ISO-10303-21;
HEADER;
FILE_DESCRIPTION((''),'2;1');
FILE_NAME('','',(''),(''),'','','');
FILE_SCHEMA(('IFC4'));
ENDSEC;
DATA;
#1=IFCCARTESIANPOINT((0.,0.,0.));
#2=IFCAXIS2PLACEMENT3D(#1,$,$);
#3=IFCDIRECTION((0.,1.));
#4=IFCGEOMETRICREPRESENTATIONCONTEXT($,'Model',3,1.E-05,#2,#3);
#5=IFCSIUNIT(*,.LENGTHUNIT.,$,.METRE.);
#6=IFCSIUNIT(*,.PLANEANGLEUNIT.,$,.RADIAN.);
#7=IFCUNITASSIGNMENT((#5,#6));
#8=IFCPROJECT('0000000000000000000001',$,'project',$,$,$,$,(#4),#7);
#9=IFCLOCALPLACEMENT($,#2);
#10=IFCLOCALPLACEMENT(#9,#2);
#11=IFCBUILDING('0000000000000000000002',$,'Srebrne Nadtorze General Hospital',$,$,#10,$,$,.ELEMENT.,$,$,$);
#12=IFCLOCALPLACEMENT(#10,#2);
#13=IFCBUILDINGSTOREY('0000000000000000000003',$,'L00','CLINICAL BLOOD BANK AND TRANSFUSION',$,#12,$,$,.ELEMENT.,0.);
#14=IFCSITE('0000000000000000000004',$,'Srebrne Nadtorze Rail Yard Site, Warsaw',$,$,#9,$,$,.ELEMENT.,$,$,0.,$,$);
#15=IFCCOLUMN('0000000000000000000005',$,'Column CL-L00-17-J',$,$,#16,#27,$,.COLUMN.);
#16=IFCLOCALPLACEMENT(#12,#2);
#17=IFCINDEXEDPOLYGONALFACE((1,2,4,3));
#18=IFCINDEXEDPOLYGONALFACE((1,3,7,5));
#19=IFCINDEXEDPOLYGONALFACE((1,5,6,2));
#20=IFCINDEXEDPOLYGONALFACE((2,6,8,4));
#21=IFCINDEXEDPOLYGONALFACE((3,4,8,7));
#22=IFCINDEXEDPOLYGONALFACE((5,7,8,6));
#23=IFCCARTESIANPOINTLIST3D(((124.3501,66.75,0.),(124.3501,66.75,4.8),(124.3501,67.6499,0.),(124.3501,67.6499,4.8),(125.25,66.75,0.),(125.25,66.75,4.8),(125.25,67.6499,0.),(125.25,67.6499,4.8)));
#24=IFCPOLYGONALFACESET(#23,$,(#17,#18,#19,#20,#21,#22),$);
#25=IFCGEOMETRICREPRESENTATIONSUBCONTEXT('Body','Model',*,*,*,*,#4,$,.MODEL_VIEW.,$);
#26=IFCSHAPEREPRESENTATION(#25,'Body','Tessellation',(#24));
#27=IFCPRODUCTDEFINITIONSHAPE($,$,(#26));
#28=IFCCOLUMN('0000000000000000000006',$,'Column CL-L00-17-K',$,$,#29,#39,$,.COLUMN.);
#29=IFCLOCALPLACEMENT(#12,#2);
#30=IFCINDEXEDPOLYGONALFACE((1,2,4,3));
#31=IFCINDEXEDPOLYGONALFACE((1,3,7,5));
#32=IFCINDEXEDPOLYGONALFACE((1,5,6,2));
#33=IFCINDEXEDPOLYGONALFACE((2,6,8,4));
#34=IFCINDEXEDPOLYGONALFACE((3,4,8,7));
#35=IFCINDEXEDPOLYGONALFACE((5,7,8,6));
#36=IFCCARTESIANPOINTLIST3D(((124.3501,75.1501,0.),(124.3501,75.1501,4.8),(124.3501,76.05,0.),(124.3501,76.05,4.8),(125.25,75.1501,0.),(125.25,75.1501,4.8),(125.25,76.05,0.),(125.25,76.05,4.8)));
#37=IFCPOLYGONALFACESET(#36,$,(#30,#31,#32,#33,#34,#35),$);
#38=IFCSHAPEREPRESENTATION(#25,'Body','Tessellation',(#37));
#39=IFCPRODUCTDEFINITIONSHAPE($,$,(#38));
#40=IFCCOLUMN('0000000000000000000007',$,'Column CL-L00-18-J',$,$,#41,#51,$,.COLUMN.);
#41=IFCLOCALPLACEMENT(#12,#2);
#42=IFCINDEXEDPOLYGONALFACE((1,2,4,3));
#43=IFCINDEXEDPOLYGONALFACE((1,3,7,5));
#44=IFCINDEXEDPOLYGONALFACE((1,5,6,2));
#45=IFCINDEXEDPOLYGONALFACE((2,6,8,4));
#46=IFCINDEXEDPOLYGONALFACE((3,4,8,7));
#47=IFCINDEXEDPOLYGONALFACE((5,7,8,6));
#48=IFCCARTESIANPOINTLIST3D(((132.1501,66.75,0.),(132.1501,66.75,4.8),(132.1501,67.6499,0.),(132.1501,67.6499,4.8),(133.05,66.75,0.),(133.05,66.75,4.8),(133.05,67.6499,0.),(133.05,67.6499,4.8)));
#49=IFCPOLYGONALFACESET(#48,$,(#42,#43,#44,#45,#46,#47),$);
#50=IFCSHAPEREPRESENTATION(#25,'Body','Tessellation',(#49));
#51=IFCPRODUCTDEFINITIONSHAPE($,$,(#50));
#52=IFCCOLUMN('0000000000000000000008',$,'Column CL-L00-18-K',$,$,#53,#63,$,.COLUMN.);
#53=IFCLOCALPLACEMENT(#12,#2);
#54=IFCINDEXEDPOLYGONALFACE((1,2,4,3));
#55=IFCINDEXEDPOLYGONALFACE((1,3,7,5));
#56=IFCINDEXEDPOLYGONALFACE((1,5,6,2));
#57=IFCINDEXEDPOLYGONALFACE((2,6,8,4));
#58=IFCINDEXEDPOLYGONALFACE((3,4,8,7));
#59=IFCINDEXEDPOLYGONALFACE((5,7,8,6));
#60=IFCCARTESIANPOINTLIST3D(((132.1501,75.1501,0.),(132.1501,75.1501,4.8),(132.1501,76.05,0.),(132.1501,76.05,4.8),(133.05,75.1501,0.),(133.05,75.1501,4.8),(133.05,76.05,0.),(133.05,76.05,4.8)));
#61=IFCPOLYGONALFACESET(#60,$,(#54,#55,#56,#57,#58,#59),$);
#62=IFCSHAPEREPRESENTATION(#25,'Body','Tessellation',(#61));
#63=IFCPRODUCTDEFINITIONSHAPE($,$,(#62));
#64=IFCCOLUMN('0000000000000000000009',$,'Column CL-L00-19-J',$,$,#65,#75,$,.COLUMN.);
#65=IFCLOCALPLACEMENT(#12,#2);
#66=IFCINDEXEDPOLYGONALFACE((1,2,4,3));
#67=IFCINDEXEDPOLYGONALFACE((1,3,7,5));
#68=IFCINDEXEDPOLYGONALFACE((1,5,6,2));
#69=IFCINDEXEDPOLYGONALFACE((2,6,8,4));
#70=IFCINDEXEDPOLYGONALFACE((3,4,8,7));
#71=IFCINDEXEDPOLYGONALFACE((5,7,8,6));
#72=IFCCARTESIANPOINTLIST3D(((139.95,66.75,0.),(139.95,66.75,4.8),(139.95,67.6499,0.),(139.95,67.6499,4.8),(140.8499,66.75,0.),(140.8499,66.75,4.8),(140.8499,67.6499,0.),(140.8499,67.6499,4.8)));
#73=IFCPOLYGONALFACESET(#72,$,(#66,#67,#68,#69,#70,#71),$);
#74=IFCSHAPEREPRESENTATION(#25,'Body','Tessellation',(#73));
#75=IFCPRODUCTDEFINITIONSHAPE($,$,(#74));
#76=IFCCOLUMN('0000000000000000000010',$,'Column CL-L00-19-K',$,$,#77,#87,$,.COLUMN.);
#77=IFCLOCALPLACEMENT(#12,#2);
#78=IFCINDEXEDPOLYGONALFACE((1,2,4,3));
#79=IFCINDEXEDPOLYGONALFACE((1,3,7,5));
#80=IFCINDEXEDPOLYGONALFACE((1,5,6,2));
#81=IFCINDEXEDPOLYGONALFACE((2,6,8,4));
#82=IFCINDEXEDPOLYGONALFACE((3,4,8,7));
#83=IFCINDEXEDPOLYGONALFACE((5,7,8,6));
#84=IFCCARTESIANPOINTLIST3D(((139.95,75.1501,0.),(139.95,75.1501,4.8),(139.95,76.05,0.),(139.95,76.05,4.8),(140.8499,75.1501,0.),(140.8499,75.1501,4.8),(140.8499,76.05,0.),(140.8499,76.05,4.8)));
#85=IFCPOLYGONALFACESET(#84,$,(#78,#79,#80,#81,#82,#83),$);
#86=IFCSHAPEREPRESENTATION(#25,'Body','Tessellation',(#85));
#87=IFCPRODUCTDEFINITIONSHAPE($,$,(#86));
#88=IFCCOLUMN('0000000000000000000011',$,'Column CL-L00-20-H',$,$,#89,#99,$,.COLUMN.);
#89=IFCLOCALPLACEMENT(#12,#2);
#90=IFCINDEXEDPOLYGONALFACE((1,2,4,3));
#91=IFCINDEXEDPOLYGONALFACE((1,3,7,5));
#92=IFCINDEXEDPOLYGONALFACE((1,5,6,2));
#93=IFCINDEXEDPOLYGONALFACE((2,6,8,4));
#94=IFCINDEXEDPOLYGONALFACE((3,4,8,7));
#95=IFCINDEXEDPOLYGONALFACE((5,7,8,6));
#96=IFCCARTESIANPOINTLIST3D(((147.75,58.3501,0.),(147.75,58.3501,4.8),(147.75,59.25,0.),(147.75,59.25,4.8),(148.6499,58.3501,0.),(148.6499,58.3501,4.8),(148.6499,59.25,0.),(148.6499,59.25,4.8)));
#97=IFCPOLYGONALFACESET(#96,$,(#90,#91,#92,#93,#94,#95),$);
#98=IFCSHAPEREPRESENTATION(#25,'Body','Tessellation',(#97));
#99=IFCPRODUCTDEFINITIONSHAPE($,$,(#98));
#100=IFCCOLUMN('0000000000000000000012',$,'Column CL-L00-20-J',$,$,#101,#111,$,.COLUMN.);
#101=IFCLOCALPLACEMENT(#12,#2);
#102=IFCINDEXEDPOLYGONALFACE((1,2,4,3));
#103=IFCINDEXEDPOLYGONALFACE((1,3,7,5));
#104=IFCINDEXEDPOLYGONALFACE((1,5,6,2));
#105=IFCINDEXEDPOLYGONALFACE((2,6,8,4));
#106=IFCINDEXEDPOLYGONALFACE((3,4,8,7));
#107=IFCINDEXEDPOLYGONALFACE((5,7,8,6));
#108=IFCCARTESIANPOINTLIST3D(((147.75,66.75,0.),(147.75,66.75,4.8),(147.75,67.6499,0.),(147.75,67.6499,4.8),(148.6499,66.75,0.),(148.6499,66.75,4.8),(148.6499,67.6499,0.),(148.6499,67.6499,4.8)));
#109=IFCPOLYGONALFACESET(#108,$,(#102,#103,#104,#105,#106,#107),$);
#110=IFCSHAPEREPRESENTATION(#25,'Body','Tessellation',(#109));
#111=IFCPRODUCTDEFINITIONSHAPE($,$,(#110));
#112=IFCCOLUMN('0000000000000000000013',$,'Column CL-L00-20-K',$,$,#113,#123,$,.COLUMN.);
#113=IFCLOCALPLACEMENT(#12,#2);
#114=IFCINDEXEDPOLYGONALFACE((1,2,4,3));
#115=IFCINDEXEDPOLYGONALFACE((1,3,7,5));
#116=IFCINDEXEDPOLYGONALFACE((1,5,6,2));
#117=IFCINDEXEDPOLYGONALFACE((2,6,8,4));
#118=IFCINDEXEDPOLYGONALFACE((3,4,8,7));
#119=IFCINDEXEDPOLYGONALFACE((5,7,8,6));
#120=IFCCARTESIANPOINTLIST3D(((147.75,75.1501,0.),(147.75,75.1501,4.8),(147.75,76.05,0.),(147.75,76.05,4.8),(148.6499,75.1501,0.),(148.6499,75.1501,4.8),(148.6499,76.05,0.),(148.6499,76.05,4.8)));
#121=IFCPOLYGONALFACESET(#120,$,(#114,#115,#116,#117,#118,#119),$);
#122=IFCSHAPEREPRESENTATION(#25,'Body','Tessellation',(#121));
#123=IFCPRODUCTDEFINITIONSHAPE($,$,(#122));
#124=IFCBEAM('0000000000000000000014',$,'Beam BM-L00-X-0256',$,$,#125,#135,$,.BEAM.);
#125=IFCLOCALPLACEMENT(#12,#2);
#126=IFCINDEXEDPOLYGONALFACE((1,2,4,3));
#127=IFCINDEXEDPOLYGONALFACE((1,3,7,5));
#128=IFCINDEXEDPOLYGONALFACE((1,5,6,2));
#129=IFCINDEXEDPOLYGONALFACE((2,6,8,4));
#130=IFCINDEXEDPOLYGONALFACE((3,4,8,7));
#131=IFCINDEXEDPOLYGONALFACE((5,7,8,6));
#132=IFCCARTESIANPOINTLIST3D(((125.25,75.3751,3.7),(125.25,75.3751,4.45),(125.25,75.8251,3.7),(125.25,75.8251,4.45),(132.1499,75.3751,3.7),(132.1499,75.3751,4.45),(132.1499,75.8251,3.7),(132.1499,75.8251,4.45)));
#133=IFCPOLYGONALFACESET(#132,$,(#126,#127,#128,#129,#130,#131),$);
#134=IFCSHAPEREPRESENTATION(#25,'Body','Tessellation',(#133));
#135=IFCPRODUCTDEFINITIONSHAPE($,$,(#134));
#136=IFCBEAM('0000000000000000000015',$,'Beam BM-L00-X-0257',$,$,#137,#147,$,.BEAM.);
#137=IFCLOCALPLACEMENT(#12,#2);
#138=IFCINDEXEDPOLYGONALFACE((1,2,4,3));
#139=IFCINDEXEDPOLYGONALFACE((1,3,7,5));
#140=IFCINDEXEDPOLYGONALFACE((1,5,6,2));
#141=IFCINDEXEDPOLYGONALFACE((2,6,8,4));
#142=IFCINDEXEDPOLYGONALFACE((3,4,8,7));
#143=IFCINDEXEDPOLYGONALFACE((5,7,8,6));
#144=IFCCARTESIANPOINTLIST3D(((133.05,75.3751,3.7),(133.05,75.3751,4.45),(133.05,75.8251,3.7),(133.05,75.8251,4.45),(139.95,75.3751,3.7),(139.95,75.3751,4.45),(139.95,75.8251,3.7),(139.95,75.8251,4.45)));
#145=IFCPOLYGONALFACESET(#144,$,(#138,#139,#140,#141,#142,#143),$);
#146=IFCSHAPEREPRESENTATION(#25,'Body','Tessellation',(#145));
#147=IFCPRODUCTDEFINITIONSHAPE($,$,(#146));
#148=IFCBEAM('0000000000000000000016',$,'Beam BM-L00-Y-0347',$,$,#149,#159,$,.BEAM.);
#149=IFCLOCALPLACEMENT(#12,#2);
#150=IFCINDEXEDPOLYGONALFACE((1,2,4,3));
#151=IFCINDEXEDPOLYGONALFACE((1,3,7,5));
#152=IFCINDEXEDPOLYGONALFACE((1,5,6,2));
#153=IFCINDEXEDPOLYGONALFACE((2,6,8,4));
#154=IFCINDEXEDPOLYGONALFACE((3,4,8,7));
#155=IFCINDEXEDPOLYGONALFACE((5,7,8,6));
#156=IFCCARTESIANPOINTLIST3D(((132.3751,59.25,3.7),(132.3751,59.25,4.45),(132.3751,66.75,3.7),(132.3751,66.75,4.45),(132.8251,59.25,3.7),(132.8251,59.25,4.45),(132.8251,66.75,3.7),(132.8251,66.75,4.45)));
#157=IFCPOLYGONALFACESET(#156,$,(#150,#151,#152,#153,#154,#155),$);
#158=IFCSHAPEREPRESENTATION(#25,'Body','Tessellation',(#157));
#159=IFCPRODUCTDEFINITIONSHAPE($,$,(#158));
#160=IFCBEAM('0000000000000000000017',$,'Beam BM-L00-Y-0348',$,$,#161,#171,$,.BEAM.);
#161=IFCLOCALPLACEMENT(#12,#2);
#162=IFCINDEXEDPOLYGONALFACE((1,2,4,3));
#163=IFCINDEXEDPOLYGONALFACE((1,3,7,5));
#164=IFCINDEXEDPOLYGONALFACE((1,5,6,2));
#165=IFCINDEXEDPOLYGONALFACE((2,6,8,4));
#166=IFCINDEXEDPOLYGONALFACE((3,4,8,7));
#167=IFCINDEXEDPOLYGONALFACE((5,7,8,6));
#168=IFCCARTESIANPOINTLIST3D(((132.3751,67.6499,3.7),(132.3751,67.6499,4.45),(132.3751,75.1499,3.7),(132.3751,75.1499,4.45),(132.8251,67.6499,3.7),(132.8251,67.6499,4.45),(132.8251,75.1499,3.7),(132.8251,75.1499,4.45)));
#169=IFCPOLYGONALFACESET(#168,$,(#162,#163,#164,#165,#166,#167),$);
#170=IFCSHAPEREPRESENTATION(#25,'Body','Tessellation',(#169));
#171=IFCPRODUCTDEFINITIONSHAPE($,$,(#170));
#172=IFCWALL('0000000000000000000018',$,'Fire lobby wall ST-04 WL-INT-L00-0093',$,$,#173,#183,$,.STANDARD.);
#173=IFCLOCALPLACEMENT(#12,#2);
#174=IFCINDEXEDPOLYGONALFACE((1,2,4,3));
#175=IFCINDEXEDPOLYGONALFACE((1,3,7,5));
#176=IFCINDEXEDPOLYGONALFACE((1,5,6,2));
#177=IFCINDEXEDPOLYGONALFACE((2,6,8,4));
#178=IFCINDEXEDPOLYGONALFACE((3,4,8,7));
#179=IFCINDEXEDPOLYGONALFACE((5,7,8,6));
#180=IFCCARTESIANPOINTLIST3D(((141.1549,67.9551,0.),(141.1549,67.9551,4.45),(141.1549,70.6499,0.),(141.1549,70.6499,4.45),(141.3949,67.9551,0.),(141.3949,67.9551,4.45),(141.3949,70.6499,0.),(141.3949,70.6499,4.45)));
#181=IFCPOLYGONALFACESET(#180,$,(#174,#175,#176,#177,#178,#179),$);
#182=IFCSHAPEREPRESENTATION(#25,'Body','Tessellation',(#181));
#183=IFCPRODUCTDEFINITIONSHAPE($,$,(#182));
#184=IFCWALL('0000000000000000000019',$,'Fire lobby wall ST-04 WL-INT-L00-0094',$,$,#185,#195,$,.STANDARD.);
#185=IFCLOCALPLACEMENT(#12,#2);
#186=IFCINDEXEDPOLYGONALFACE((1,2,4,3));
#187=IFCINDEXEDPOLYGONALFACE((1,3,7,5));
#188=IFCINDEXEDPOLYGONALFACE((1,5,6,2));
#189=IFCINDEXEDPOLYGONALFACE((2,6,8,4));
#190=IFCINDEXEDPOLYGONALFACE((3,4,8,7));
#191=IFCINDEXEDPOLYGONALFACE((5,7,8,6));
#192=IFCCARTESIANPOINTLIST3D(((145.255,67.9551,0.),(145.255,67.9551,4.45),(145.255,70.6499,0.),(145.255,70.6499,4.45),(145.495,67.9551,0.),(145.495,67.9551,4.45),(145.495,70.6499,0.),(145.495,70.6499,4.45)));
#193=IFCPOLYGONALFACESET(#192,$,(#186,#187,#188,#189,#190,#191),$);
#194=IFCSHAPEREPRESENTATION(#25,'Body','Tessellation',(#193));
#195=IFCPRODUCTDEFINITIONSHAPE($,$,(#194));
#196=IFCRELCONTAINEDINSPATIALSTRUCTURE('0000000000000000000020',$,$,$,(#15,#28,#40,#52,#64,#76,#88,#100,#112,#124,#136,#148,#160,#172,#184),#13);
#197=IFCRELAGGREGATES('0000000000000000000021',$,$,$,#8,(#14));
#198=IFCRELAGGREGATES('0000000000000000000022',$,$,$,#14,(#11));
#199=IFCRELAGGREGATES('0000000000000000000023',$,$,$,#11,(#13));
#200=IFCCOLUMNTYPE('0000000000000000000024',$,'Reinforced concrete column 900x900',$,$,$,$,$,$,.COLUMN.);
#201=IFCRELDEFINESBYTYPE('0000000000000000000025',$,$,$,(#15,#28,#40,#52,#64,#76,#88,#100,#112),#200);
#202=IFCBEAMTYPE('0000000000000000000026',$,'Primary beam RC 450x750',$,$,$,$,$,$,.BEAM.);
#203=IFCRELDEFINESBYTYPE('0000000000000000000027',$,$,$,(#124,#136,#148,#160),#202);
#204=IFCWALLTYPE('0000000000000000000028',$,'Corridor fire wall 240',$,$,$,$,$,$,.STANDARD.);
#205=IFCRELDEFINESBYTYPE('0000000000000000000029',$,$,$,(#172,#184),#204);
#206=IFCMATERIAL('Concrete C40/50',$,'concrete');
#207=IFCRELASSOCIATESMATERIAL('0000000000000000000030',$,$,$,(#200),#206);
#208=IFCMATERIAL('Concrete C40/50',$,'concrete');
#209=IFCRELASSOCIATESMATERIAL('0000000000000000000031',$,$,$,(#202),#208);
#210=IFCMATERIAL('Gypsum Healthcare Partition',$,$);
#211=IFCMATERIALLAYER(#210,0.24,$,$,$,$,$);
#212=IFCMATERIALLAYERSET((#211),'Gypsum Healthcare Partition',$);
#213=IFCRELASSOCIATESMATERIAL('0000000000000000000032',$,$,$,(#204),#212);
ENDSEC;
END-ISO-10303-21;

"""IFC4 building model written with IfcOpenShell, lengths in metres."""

from ifc_helpers import new_model, si_unit, direction, frame, frame_2d, origin, origin_2d, place, context, subcontext, project, spatial, rectangle, extrude, material, layer, layer_set, material_profile, profile_set, type_object, element, save


model = new_model("IFC4")

# Units and contexts
model_context = context("Model", 3, precision=1e-05, world=origin(), true_north=direction((0.0, 1.0)))
body_context = subcontext(model_context, "Body", "Model", "MODEL_VIEW")
ifc_project = project(units=[si_unit("LENGTHUNIT", "METRE"), si_unit("PLANEANGLEUNIT", "RADIAN")], contexts=[model_context])

# Site, building, storey
site_placement = place(None, origin())
site = spatial("IfcSite", under=ifc_project, at=site_placement, Name="Srebrne Nadtorze Rail Yard Site, Warsaw", CompositionType="ELEMENT", RefElevation=0.0)
building_placement = place(site_placement, origin())
building = spatial("IfcBuilding", under=site, at=building_placement, Name="Srebrne Nadtorze General Hospital", CompositionType="ELEMENT")
storey_placement = place(building_placement, origin())
storey = spatial("IfcBuildingStorey", under=building, at=storey_placement, Name="L00", Description="CLINICAL BLOOD BANK AND TRANSFUSION", CompositionType="ELEMENT", Elevation=0.0)

# Columns
ifc_material_1 = material(Name="Concrete C40/50", Category="concrete")
ifc_material_profile_1 = material_profile(ifc_material_1, rectangle(XDim=0.8999, YDim=0.8999, at=origin_2d()), Name="RC-COL-900x900")
ifc_profile_set_1 = profile_set([ifc_material_profile_1], Name="Concrete C40/50")
column_type = type_object("IfcColumnType", Name="Reinforced concrete column 900x900", PredefinedType="COLUMN", material=ifc_profile_set_1)
for number, where, z_axis, x_axis, name in (
    (1, (124.8, 67.2, 0.0), (0.0, 0.0, 1.0), (1.0, 0.0, 0.0), "Column CL-L00-17-J"),
    (2, (124.8, 75.6001, 0.0), (0.0, 0.0, 1.0), (1.0, 0.0, 0.0), "Column CL-L00-17-K"),
    (3, (132.6001, 67.2, 0.0), (0.0, 0.0, 1.0), (1.0, 0.0, 0.0), "Column CL-L00-18-J"),
    (4, (132.6001, 75.6001, 0.0), (0.0, 0.0, 1.0), (1.0, 0.0, 0.0), "Column CL-L00-18-K"),
    (5, (140.3999, 67.2, 0.0), (0.0, 0.0, 1.0), (1.0, 0.0, 0.0), "Column CL-L00-19-J"),
    (6, (140.3999, 75.6001, 0.0), (0.0, 0.0, 1.0), (1.0, 0.0, 0.0), "Column CL-L00-19-K"),
    (7, (148.2, 58.8, 0.0), (0.0, 0.0, 1.0), (1.0, 0.0, 0.0), "Column CL-L00-20-H"),
    (8, (148.2, 67.2, 0.0), (0.0, 0.0, 1.0), (1.0, 0.0, 0.0), "Column CL-L00-20-J"),
    (9, (148.2, 75.6001, 0.0), (0.0, 0.0, 1.0), (1.0, 0.0, 0.0), "Column CL-L00-20-K"),
):
    element("IfcColumn", number, at=place(storey_placement, frame(where, z_axis=z_axis, x_axis=x_axis)), inside=storey, type_object=column_type, Name=name, PredefinedType="COLUMN", context=body_context, shape_type="SweptSolid", body=[
        extrude(rectangle(XDim=0.8999, YDim=0.8999, at=origin_2d()), origin(), (0.0, 0.0, 1.0), 4.8),
    ])

# Beams
ifc_material_2 = material(Name="Concrete C40/50", Category="concrete")
ifc_material_profile_2 = material_profile(ifc_material_2, rectangle(XDim=0.45, YDim=0.75, at=origin_2d()), Name="RC-BM-450x750")
ifc_profile_set_2 = profile_set([ifc_material_profile_2], Name="Concrete C40/50")
beam_type = type_object("IfcBeamType", Name="Primary beam RC 450x750", PredefinedType="BEAM", material=ifc_profile_set_2)
for number, where, z_axis, x_axis, name in (
    (10, (125.25, 75.6001, 4.075), (1.0, 0.0, 0.0), (0.0, 1.0, 0.0), "Beam BM-L00-X-0256"),
    (11, (133.05, 75.6001, 4.075), (1.0, 0.0, 0.0), (0.0, 1.0, 0.0), "Beam BM-L00-X-0257"),
):
    element("IfcBeam", number, at=place(storey_placement, frame(where, z_axis=z_axis, x_axis=x_axis)), inside=storey, type_object=beam_type, Name=name, PredefinedType="BEAM", context=body_context, shape_type="SweptSolid", body=[
        extrude(rectangle(XDim=0.45, YDim=0.75, at=origin_2d()), origin(), (0.0, 0.0, 1.0), 6.8999),
    ])
for number, where, z_axis, x_axis, name in (
    (12, (132.6001, 59.25, 4.075), (0.0, 1.0, 0.0), (-1.0, 0.0, 0.0), "Beam BM-L00-Y-0347"),
    (13, (132.6001, 67.6499, 4.075), (0.0, 1.0, 0.0), (-1.0, 0.0, 0.0), "Beam BM-L00-Y-0348"),
):
    element("IfcBeam", number, at=place(storey_placement, frame(where, z_axis=z_axis, x_axis=x_axis)), inside=storey, type_object=beam_type, Name=name, PredefinedType="BEAM", context=body_context, shape_type="SweptSolid", body=[
        extrude(rectangle(XDim=0.45, YDim=0.75, at=origin_2d()), origin(), (0.0, 0.0, 1.0), 7.5),
    ])

# Walls
ifc_material_3 = material(Name="Gypsum Healthcare Partition")
ifc_layer_1 = layer(ifc_material_3, 0.24)
ifc_layer_set_1 = layer_set([ifc_layer_1], Name="Gypsum Healthcare Partition")
wall_type_1 = type_object("IfcWallType", Name="Corridor fire wall 240", PredefinedType="STANDARD", material=ifc_layer_set_1)
for number, where, z_axis, x_axis, name in (
    (14, (141.2749, 67.9551, 0.0), (0.0, 0.0, 1.0), (0.0, 1.0, 0.0), "Fire lobby wall ST-04 WL-INT-L00-0093"),
    (15, (145.375, 67.9551, 0.0), (0.0, 0.0, 1.0), (0.0, 1.0, 0.0), "Fire lobby wall ST-04 WL-INT-L00-0094"),
):
    element("IfcWall", number, at=place(storey_placement, frame(where, z_axis=z_axis, x_axis=x_axis)), inside=storey, type_object=wall_type_1, Name=name, PredefinedType="STANDARD", context=body_context, shape_type="SweptSolid", body=[
        extrude(rectangle(XDim=2.6948, YDim=0.24, at=frame_2d((1.3474, 0.0))), origin(), (0.0, 0.0, 1.0), 4.45),
    ])

save(model, "model.ifc")
